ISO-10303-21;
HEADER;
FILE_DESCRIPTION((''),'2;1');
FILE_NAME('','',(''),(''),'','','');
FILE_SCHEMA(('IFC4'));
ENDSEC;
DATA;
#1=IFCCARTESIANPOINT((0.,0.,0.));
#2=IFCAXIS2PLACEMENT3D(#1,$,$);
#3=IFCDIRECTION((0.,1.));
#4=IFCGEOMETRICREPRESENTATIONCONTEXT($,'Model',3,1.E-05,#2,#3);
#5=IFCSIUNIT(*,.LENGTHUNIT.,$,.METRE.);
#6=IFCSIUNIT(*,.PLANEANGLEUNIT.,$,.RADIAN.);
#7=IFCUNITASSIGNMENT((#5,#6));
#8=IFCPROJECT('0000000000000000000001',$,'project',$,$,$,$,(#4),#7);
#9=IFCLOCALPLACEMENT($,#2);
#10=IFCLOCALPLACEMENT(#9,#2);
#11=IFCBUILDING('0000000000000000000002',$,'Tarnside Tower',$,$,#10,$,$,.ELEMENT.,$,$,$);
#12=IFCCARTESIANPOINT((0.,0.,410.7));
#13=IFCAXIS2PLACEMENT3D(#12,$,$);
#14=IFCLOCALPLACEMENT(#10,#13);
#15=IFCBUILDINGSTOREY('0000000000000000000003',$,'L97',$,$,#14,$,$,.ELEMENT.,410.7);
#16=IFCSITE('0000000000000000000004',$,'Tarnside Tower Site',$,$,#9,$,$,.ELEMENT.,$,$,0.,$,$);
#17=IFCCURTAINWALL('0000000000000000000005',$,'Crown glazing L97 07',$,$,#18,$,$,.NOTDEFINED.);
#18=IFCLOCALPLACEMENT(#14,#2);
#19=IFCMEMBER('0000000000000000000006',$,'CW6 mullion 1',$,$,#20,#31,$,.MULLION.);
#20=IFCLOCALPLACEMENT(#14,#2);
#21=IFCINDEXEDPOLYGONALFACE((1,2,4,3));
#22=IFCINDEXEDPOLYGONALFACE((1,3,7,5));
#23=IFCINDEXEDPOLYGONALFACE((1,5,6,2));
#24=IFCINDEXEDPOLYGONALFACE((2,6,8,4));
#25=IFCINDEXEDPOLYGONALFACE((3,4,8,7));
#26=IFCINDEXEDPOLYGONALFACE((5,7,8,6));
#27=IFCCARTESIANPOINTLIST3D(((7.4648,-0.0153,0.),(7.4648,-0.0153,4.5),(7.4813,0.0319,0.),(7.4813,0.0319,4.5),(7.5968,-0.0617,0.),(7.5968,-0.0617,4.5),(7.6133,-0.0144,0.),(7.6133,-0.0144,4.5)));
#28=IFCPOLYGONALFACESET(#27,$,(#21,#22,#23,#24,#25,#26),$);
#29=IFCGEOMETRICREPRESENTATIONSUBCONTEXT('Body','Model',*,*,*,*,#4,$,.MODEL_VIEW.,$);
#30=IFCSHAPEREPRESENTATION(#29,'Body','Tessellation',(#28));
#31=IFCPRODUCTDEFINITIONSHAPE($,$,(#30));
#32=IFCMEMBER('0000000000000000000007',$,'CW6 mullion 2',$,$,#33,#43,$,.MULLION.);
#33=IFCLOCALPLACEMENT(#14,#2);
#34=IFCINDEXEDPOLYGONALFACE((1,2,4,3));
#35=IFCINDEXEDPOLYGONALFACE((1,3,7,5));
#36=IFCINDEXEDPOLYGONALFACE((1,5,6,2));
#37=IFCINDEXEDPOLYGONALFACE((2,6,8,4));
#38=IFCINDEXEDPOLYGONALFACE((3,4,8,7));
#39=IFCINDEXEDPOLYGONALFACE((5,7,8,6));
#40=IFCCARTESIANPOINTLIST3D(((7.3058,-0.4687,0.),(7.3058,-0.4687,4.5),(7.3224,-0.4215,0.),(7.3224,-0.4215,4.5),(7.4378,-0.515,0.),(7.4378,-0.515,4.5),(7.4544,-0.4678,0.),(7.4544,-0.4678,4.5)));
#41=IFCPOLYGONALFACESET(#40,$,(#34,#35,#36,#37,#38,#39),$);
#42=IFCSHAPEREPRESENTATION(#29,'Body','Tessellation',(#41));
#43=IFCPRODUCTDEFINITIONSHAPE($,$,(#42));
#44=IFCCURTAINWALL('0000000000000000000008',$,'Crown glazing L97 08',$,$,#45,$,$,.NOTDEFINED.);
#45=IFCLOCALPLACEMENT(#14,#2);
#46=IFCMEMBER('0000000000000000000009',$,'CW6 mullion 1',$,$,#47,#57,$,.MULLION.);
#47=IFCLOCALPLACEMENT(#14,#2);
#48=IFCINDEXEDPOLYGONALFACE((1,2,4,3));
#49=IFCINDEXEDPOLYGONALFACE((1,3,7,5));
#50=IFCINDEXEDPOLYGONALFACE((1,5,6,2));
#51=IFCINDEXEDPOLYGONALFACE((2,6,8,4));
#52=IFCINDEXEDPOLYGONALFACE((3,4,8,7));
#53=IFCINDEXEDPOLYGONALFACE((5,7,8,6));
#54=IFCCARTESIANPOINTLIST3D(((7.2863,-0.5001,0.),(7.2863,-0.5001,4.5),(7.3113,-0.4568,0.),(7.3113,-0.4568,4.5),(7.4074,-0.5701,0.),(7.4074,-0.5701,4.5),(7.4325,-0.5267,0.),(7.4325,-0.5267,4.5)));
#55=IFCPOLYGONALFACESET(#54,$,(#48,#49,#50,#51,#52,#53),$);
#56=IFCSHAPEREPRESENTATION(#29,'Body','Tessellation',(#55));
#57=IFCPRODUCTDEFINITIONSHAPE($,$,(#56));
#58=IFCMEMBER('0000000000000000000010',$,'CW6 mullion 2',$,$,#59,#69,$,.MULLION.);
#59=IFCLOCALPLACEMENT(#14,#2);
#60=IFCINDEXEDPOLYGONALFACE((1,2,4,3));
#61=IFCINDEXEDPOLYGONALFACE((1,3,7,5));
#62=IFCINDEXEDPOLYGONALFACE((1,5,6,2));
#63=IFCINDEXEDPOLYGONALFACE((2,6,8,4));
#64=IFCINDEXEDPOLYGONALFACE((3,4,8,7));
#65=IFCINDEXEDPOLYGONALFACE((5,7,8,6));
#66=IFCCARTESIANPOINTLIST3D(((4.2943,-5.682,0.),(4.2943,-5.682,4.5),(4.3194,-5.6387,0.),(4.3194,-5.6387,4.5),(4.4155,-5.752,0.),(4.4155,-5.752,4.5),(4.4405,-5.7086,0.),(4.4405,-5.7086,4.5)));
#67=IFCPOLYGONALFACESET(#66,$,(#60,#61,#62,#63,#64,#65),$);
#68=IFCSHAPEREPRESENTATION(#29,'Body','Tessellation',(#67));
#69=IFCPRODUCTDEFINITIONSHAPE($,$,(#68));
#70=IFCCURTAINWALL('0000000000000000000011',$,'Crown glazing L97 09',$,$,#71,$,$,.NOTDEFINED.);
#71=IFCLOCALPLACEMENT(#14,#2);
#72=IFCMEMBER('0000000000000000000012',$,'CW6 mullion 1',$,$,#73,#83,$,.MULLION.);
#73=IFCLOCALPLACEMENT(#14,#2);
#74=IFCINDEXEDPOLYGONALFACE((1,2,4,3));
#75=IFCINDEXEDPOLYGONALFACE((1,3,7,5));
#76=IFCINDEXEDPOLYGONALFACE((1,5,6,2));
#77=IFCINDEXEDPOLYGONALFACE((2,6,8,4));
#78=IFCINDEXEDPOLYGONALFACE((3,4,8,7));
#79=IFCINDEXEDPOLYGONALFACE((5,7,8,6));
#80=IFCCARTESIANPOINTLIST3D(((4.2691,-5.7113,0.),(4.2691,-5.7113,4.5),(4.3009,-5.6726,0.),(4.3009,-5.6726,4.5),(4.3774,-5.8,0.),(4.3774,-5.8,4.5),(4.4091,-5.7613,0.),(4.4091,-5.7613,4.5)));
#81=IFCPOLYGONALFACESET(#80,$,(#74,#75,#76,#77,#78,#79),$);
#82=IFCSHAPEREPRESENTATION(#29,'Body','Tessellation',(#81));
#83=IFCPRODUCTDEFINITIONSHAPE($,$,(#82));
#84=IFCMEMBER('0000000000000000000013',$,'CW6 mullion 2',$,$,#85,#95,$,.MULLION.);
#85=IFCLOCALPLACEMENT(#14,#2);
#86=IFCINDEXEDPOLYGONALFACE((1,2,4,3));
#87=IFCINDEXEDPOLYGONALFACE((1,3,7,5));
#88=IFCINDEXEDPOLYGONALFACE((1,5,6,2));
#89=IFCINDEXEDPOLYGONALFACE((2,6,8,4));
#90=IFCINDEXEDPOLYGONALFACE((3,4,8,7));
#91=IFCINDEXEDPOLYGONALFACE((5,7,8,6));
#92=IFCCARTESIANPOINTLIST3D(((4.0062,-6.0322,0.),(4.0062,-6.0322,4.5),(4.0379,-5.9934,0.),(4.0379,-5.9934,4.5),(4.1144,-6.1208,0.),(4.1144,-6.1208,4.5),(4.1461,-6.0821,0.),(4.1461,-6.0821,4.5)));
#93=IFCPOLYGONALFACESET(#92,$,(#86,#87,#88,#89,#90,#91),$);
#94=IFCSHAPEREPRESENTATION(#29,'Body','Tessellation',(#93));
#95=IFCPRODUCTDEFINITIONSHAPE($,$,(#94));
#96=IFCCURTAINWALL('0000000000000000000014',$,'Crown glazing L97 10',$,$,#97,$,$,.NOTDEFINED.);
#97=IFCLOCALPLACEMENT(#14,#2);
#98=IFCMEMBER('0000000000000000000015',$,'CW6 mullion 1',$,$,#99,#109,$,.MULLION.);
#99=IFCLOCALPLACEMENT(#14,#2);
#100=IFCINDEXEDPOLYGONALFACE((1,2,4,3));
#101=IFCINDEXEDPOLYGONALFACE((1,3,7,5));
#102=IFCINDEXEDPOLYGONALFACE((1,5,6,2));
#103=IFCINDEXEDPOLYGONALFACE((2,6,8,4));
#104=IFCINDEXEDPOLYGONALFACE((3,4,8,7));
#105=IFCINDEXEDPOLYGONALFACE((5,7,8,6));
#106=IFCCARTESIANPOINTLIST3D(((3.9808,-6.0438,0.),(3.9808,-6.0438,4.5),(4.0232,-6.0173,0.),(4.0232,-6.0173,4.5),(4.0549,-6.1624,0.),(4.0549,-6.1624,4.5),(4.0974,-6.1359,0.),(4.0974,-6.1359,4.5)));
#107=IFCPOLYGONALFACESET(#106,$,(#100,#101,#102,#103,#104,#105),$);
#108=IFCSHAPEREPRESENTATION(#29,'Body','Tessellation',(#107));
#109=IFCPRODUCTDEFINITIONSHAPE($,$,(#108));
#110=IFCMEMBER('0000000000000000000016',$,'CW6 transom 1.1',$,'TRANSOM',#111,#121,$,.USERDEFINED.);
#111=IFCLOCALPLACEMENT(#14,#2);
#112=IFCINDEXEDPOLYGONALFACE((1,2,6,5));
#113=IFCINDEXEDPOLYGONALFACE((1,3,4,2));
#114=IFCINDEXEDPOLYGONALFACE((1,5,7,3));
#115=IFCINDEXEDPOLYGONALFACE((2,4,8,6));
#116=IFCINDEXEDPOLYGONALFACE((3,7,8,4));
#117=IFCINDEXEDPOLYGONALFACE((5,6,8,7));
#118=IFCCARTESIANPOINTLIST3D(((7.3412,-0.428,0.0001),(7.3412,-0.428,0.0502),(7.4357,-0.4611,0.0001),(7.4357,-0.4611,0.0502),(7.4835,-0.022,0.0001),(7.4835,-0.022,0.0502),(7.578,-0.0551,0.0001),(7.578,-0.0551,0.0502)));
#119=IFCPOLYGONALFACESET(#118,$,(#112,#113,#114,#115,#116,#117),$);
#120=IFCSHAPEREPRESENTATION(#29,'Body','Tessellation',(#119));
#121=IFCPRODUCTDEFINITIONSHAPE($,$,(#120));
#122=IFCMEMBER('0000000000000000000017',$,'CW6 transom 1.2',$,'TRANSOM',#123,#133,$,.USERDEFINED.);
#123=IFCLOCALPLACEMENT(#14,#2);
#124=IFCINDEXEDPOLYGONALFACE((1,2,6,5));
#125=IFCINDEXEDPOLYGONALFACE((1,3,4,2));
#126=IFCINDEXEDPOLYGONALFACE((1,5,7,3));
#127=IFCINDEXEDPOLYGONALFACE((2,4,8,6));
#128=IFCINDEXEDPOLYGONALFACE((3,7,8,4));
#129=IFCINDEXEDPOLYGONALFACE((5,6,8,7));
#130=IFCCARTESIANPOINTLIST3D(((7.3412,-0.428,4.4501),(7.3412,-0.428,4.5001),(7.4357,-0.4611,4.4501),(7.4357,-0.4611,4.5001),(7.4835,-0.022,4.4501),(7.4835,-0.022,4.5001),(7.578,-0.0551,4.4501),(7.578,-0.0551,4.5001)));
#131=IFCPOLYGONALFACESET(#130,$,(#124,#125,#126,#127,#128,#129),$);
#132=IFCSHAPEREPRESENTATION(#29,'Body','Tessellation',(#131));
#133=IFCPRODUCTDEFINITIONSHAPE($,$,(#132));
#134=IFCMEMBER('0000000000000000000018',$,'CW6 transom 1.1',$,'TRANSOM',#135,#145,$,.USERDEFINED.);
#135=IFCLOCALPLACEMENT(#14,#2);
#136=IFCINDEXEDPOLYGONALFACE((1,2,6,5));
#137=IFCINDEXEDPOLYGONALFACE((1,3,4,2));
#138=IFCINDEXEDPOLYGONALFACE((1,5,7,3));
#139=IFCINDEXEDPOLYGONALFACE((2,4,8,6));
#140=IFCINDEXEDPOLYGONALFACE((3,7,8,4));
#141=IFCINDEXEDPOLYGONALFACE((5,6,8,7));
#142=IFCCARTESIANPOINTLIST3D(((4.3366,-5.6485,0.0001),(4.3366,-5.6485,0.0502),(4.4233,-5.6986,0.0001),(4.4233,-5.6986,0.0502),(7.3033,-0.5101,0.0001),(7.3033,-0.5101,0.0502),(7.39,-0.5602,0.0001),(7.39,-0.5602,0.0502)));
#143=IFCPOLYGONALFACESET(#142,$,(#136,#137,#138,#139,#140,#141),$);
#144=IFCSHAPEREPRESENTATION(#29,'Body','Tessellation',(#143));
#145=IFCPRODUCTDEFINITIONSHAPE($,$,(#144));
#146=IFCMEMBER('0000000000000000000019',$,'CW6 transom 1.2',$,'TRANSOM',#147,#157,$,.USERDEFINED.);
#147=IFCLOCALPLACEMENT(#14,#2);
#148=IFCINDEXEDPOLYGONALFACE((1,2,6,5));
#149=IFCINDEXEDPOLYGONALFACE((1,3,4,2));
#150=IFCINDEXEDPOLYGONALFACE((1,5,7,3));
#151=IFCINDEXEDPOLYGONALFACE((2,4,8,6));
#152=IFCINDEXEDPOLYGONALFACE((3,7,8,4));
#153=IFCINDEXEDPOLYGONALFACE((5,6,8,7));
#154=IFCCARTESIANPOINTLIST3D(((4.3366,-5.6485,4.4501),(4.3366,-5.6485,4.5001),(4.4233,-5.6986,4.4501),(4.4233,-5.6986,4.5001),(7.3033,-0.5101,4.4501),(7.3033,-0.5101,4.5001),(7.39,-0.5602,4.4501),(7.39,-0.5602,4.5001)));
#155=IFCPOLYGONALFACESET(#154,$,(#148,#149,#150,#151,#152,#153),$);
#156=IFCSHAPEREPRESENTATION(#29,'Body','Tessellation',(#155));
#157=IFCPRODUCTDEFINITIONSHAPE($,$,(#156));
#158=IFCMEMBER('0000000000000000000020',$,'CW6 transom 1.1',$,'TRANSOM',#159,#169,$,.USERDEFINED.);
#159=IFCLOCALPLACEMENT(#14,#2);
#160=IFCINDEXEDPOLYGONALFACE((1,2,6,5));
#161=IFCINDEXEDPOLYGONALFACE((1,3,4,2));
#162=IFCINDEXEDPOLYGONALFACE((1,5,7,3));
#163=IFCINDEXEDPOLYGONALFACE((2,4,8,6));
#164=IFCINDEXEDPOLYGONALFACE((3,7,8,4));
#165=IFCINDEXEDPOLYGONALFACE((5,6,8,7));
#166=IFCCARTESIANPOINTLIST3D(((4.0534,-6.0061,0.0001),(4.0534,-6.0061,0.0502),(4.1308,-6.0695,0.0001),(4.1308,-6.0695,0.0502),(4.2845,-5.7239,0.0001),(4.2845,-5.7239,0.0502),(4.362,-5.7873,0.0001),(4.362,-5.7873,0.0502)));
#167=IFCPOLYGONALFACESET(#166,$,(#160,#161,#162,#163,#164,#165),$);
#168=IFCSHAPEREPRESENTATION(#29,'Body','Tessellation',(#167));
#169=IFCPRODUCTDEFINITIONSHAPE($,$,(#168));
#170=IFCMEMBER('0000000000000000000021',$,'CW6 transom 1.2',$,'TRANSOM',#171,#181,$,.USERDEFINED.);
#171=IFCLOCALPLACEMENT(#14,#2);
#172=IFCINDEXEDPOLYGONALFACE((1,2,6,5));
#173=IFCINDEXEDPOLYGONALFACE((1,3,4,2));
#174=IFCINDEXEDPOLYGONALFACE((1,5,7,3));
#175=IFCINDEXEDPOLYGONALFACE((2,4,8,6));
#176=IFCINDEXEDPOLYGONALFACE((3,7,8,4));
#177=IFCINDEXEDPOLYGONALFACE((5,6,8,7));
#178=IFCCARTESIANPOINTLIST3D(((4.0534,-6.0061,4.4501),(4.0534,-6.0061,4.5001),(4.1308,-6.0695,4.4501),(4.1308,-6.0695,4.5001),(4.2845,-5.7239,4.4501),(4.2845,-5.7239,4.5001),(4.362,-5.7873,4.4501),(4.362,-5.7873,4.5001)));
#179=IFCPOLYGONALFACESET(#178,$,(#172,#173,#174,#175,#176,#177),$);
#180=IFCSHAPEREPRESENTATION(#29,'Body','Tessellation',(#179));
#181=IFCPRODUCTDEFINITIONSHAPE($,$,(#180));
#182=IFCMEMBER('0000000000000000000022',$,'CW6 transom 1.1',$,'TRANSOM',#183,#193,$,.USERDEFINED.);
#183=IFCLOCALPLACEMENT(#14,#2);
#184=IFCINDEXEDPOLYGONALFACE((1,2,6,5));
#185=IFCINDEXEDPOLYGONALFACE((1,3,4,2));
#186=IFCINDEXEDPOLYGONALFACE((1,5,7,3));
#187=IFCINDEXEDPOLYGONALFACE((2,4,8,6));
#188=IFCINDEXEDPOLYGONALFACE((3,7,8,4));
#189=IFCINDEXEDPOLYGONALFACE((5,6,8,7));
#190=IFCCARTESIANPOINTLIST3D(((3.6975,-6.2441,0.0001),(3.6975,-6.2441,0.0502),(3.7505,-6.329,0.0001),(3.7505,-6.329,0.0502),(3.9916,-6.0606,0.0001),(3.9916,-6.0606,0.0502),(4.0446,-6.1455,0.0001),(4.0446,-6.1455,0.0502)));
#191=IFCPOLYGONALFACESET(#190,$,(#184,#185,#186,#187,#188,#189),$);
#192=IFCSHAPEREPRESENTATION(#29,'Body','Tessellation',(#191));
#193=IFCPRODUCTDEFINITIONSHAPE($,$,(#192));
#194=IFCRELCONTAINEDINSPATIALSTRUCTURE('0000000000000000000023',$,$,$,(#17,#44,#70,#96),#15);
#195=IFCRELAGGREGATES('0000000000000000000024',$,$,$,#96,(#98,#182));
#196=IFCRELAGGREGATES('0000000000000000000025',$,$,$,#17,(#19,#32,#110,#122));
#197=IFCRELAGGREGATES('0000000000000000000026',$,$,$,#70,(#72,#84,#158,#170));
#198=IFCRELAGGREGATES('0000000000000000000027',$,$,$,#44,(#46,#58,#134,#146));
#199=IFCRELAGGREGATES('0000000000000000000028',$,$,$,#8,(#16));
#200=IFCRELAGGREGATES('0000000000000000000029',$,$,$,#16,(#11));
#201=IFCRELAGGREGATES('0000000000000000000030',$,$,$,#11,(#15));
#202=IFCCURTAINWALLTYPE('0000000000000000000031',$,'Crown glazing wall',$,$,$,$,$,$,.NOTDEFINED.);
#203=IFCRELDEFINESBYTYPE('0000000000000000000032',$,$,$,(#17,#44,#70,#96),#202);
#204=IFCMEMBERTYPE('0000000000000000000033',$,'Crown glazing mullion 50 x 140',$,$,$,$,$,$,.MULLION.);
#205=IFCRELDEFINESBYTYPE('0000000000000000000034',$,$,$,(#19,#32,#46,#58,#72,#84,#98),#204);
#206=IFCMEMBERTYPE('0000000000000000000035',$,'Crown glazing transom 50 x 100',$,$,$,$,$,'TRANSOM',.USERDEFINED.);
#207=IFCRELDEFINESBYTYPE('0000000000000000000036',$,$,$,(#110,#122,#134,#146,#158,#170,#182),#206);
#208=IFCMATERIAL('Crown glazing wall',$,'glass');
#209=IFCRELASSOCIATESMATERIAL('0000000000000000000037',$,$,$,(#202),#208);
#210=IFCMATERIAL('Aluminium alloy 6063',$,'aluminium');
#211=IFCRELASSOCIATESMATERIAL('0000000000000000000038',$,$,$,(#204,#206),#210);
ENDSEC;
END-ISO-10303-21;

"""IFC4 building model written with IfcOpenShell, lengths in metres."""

from ifc_helpers import new_model, si_unit, direction, frame, origin, origin_2d, place, context, subcontext, project, spatial, rectangle, extrude, material, material_profile, profile_set, type_object, element, aggregate, save


model = new_model("IFC4")

# Units and contexts
model_context = context("Model", 3, precision=1e-05, world=origin(), true_north=direction((0.0, 1.0)))
body_context = subcontext(model_context, "Body", "Model", "MODEL_VIEW")
ifc_project = project(units=[si_unit("LENGTHUNIT", "METRE"), si_unit("PLANEANGLEUNIT", "RADIAN")], contexts=[model_context])

# Site, building, storey
site_placement = place(None, origin())
site = spatial("IfcSite", under=ifc_project, at=site_placement, Name="Tarnside Tower Site", CompositionType="ELEMENT", RefElevation=0.0)
building_placement = place(site_placement, origin())
building = spatial("IfcBuilding", under=site, at=building_placement, Name="Tarnside Tower", CompositionType="ELEMENT")
storey_placement = place(building_placement, frame((0.0, 0.0, 410.7)))
storey = spatial("IfcBuildingStorey", under=building, at=storey_placement, Name="L97", CompositionType="ELEMENT", Elevation=410.7)

# Curtain walls, members
ifc_material_1 = material(Name="Crown glazing wall", Category="glass")
curtain_wall_type_1 = type_object("IfcCurtainWallType", Name="Crown glazing wall", PredefinedType="NOTDEFINED", material=ifc_material_1)
curtain_wall_1_placement = place(storey_placement, origin())
curtain_wall_1 = element("IfcCurtainWall", 1, at=curtain_wall_1_placement, inside=storey, type_object=curtain_wall_type_1, Name="Crown glazing L97 07", PredefinedType="NOTDEFINED")
ifc_material_2 = material(Name="Aluminium alloy 6063", Category="aluminium")
ifc_material_profile_1 = material_profile(ifc_material_2, rectangle(XDim=0.1399, YDim=0.05, at=origin_2d()), Name="Crown glazing mullion 50 x 140")
ifc_profile_set_1 = profile_set([ifc_material_profile_1], Name="Aluminium alloy 6063")
member_type_1 = type_object("IfcMemberType", Name="Crown glazing mullion 50 x 140", PredefinedType="MULLION", material=ifc_profile_set_1)
member_1_placement = place(storey_placement, frame((7.5391, -0.0149, 0.0), z_axis=(0.0, 0.0, 1.0), x_axis=(0.943609, -0.331063, 0.0)))
member_1 = element("IfcMember", 2, at=member_1_placement, type_object=member_type_1, Name="CW6 mullion 1", PredefinedType="MULLION", context=body_context, shape_type="SweptSolid", body=[
    extrude(rectangle(XDim=0.1399, YDim=0.05, at=origin_2d()), origin(), (0.0, 0.0, 1.0), 4.5),
])
member_2_placement = place(storey_placement, frame((7.3801, -0.4683, 0.0), z_axis=(0.0, 0.0, 1.0), x_axis=(0.943609, -0.331063, 0.0)))
member_2 = element("IfcMember", 3, at=member_2_placement, type_object=member_type_1, Name="CW6 mullion 2", PredefinedType="MULLION", context=body_context, shape_type="SweptSolid", body=[
    extrude(rectangle(XDim=0.1399, YDim=0.05, at=origin_2d()), origin(), (0.0, 0.0, 1.0), 4.5),
])
curtain_wall_2_placement = place(storey_placement, origin())
curtain_wall_2 = element("IfcCurtainWall", 4, at=curtain_wall_2_placement, inside=storey, type_object=curtain_wall_type_1, Name="Crown glazing L97 08", PredefinedType="NOTDEFINED")
member_3_placement = place(storey_placement, frame((7.3594, -0.5134, 0.0), z_axis=(0.0, 0.0, 1.0), x_axis=(0.866025, -0.5, 0.0)))
member_3 = element("IfcMember", 5, at=member_3_placement, type_object=member_type_1, Name="CW6 mullion 1", PredefinedType="MULLION", context=body_context, shape_type="SweptSolid", body=[
    extrude(rectangle(XDim=0.1399, YDim=0.05, at=origin_2d()), origin(), (0.0, 0.0, 1.0), 4.5),
])
member_4_placement = place(storey_placement, frame((4.3674, -5.6953, 0.0), z_axis=(0.0, 0.0, 1.0), x_axis=(0.866025, -0.5, 0.0)))
member_4 = element("IfcMember", 6, at=member_4_placement, type_object=member_type_1, Name="CW6 mullion 2", PredefinedType="MULLION", context=body_context, shape_type="SweptSolid", body=[
    extrude(rectangle(XDim=0.1399, YDim=0.05, at=origin_2d()), origin(), (0.0, 0.0, 1.0), 4.5),
])
curtain_wall_3_placement = place(storey_placement, origin())
curtain_wall_3 = element("IfcCurtainWall", 7, at=curtain_wall_3_placement, inside=storey, type_object=curtain_wall_type_1, Name="Crown glazing L97 09", PredefinedType="NOTDEFINED")
member_5_placement = place(storey_placement, frame((4.3391, -5.7363, 0.0), z_axis=(0.0, 0.0, 1.0), x_axis=(0.773472, -0.633831, 0.0)))
member_5 = element("IfcMember", 8, at=member_5_placement, type_object=member_type_1, Name="CW6 mullion 1", PredefinedType="MULLION", context=body_context, shape_type="SweptSolid", body=[
    extrude(rectangle(XDim=0.1399, YDim=0.05, at=origin_2d()), origin(), (0.0, 0.0, 1.0), 4.5),
])
member_6_placement = place(storey_placement, frame((4.0762, -6.0571, 0.0), z_axis=(0.0, 0.0, 1.0), x_axis=(0.773472, -0.633831, 0.0)))
member_6 = element("IfcMember", 9, at=member_6_placement, type_object=member_type_1, Name="CW6 mullion 2", PredefinedType="MULLION", context=body_context, shape_type="SweptSolid", body=[
    extrude(rectangle(XDim=0.1399, YDim=0.05, at=origin_2d()), origin(), (0.0, 0.0, 1.0), 4.5),
])

# Curtain wall, member
curtain_wall_4_placement = place(storey_placement, origin())
curtain_wall_4 = element("IfcCurtainWall", 10, at=curtain_wall_4_placement, inside=storey, type_object=curtain_wall_type_1, Name="Crown glazing L97 10", PredefinedType="NOTDEFINED")
member_7_placement = place(storey_placement, frame((4.0391, -6.0898, 0.0), z_axis=(0.0, 0.0, 1.0), x_axis=(0.529919, -0.848048, 0.0)))
member_7 = element("IfcMember", 11, at=member_7_placement, type_object=member_type_1, Name="CW6 mullion 1", PredefinedType="MULLION", context=body_context, shape_type="SweptSolid", body=[
    extrude(rectangle(XDim=0.1399, YDim=0.05, at=origin_2d()), origin(), (0.0, 0.0, 1.0), 4.5),
])

# Members
ifc_material_profile_2 = material_profile(ifc_material_2, rectangle(XDim=0.1001, YDim=0.05, at=origin_2d()), Name="Crown glazing transom 50 x 100")
ifc_profile_set_2 = profile_set([ifc_material_profile_2], Name="Aluminium alloy 6063")
member_type_2 = type_object("IfcMemberType", Name="Crown glazing transom 50 x 100", ElementType="TRANSOM", PredefinedType="USERDEFINED", material=ifc_profile_set_2)
member_8_placement = place(storey_placement, frame((7.5308, -0.0386, 0.0251), z_axis=(-0.330831, -0.94369, 0.0), x_axis=(0.94369, -0.330831, 0.0)))
member_8 = element("IfcMember", 12, at=member_8_placement, type_object=member_type_2, Name="CW6 transom 1.1", ObjectType="TRANSOM", PredefinedType="USERDEFINED", context=body_context, shape_type="SweptSolid", body=[
    extrude(rectangle(XDim=0.1001, YDim=0.05, at=origin_2d()), origin(), (0.0, 0.0, 1.0), 0.4302),
])
member_9_placement = place(storey_placement, frame((7.5308, -0.0386, 4.4751), z_axis=(-0.330831, -0.94369, 0.0), x_axis=(0.94369, -0.330831, 0.0)))
member_9 = element("IfcMember", 13, at=member_9_placement, type_object=member_type_2, Name="CW6 transom 1.2", ObjectType="TRANSOM", PredefinedType="USERDEFINED", context=body_context, shape_type="SweptSolid", body=[
    extrude(rectangle(XDim=0.1001, YDim=0.05, at=origin_2d()), origin(), (0.0, 0.0, 1.0), 0.4302),
])
member_10_placement = place(storey_placement, frame((7.3467, -0.5352, 0.0251), z_axis=(-0.500016, -0.866016, 0.0), x_axis=(0.866016, -0.500016, 0.0)))
member_10 = element("IfcMember", 14, at=member_10_placement, type_object=member_type_2, Name="CW6 transom 1.1", ObjectType="TRANSOM", PredefinedType="USERDEFINED", context=body_context, shape_type="SweptSolid", body=[
    extrude(rectangle(XDim=0.1001, YDim=0.05, at=origin_2d()), origin(), (0.0, 0.0, 1.0), 5.9333),
])
member_11_placement = place(storey_placement, frame((7.3467, -0.5352, 4.4751), z_axis=(-0.500016, -0.866016, 0.0), x_axis=(0.866016, -0.500016, 0.0)))
member_11 = element("IfcMember", 15, at=member_11_placement, type_object=member_type_2, Name="CW6 transom 1.2", ObjectType="TRANSOM", PredefinedType="USERDEFINED", context=body_context, shape_type="SweptSolid", body=[
    extrude(rectangle(XDim=0.1001, YDim=0.05, at=origin_2d()), origin(), (0.0, 0.0, 1.0), 5.9333),
])
member_12_placement = place(storey_placement, frame((4.3232, -5.7556, 0.0251), z_axis=(-0.633711, -0.77357, 0.0), x_axis=(0.77357, -0.633711, 0.0)))
member_12 = element("IfcMember", 16, at=member_12_placement, type_object=member_type_2, Name="CW6 transom 1.1", ObjectType="TRANSOM", PredefinedType="USERDEFINED", context=body_context, shape_type="SweptSolid", body=[
    extrude(rectangle(XDim=0.1001, YDim=0.05, at=origin_2d()), origin(), (0.0, 0.0, 1.0), 0.3647),
])
member_13_placement = place(storey_placement, frame((4.3232, -5.7556, 4.4751), z_axis=(-0.633711, -0.77357, 0.0), x_axis=(0.77357, -0.633711, 0.0)))
member_13 = element("IfcMember", 17, at=member_13_placement, type_object=member_type_2, Name="CW6 transom 1.2", ObjectType="TRANSOM", PredefinedType="USERDEFINED", context=body_context, shape_type="SweptSolid", body=[
    extrude(rectangle(XDim=0.1001, YDim=0.05, at=origin_2d()), origin(), (0.0, 0.0, 1.0), 0.3647),
])
member_14_placement = place(storey_placement, frame((4.0181, -6.103, 0.0251), z_axis=(-0.848354, -0.529429, 0.0), x_axis=(0.529429, -0.848354, 0.0)))
member_14 = element("IfcMember", 18, at=member_14_placement, type_object=member_type_2, Name="CW6 transom 1.1", ObjectType="TRANSOM", PredefinedType="USERDEFINED", context=body_context, shape_type="SweptSolid", body=[
    extrude(rectangle(XDim=0.1001, YDim=0.05, at=origin_2d()), origin(), (0.0, 0.0, 1.0), 0.3467),
])
aggregate(curtain_wall_4, [member_7, member_14])

aggregate(curtain_wall_1, [member_1, member_2, member_8, member_9])
aggregate(curtain_wall_3, [member_5, member_6, member_12, member_13])
aggregate(curtain_wall_2, [member_3, member_4, member_10, member_11])

save(model, "model.ifc")
